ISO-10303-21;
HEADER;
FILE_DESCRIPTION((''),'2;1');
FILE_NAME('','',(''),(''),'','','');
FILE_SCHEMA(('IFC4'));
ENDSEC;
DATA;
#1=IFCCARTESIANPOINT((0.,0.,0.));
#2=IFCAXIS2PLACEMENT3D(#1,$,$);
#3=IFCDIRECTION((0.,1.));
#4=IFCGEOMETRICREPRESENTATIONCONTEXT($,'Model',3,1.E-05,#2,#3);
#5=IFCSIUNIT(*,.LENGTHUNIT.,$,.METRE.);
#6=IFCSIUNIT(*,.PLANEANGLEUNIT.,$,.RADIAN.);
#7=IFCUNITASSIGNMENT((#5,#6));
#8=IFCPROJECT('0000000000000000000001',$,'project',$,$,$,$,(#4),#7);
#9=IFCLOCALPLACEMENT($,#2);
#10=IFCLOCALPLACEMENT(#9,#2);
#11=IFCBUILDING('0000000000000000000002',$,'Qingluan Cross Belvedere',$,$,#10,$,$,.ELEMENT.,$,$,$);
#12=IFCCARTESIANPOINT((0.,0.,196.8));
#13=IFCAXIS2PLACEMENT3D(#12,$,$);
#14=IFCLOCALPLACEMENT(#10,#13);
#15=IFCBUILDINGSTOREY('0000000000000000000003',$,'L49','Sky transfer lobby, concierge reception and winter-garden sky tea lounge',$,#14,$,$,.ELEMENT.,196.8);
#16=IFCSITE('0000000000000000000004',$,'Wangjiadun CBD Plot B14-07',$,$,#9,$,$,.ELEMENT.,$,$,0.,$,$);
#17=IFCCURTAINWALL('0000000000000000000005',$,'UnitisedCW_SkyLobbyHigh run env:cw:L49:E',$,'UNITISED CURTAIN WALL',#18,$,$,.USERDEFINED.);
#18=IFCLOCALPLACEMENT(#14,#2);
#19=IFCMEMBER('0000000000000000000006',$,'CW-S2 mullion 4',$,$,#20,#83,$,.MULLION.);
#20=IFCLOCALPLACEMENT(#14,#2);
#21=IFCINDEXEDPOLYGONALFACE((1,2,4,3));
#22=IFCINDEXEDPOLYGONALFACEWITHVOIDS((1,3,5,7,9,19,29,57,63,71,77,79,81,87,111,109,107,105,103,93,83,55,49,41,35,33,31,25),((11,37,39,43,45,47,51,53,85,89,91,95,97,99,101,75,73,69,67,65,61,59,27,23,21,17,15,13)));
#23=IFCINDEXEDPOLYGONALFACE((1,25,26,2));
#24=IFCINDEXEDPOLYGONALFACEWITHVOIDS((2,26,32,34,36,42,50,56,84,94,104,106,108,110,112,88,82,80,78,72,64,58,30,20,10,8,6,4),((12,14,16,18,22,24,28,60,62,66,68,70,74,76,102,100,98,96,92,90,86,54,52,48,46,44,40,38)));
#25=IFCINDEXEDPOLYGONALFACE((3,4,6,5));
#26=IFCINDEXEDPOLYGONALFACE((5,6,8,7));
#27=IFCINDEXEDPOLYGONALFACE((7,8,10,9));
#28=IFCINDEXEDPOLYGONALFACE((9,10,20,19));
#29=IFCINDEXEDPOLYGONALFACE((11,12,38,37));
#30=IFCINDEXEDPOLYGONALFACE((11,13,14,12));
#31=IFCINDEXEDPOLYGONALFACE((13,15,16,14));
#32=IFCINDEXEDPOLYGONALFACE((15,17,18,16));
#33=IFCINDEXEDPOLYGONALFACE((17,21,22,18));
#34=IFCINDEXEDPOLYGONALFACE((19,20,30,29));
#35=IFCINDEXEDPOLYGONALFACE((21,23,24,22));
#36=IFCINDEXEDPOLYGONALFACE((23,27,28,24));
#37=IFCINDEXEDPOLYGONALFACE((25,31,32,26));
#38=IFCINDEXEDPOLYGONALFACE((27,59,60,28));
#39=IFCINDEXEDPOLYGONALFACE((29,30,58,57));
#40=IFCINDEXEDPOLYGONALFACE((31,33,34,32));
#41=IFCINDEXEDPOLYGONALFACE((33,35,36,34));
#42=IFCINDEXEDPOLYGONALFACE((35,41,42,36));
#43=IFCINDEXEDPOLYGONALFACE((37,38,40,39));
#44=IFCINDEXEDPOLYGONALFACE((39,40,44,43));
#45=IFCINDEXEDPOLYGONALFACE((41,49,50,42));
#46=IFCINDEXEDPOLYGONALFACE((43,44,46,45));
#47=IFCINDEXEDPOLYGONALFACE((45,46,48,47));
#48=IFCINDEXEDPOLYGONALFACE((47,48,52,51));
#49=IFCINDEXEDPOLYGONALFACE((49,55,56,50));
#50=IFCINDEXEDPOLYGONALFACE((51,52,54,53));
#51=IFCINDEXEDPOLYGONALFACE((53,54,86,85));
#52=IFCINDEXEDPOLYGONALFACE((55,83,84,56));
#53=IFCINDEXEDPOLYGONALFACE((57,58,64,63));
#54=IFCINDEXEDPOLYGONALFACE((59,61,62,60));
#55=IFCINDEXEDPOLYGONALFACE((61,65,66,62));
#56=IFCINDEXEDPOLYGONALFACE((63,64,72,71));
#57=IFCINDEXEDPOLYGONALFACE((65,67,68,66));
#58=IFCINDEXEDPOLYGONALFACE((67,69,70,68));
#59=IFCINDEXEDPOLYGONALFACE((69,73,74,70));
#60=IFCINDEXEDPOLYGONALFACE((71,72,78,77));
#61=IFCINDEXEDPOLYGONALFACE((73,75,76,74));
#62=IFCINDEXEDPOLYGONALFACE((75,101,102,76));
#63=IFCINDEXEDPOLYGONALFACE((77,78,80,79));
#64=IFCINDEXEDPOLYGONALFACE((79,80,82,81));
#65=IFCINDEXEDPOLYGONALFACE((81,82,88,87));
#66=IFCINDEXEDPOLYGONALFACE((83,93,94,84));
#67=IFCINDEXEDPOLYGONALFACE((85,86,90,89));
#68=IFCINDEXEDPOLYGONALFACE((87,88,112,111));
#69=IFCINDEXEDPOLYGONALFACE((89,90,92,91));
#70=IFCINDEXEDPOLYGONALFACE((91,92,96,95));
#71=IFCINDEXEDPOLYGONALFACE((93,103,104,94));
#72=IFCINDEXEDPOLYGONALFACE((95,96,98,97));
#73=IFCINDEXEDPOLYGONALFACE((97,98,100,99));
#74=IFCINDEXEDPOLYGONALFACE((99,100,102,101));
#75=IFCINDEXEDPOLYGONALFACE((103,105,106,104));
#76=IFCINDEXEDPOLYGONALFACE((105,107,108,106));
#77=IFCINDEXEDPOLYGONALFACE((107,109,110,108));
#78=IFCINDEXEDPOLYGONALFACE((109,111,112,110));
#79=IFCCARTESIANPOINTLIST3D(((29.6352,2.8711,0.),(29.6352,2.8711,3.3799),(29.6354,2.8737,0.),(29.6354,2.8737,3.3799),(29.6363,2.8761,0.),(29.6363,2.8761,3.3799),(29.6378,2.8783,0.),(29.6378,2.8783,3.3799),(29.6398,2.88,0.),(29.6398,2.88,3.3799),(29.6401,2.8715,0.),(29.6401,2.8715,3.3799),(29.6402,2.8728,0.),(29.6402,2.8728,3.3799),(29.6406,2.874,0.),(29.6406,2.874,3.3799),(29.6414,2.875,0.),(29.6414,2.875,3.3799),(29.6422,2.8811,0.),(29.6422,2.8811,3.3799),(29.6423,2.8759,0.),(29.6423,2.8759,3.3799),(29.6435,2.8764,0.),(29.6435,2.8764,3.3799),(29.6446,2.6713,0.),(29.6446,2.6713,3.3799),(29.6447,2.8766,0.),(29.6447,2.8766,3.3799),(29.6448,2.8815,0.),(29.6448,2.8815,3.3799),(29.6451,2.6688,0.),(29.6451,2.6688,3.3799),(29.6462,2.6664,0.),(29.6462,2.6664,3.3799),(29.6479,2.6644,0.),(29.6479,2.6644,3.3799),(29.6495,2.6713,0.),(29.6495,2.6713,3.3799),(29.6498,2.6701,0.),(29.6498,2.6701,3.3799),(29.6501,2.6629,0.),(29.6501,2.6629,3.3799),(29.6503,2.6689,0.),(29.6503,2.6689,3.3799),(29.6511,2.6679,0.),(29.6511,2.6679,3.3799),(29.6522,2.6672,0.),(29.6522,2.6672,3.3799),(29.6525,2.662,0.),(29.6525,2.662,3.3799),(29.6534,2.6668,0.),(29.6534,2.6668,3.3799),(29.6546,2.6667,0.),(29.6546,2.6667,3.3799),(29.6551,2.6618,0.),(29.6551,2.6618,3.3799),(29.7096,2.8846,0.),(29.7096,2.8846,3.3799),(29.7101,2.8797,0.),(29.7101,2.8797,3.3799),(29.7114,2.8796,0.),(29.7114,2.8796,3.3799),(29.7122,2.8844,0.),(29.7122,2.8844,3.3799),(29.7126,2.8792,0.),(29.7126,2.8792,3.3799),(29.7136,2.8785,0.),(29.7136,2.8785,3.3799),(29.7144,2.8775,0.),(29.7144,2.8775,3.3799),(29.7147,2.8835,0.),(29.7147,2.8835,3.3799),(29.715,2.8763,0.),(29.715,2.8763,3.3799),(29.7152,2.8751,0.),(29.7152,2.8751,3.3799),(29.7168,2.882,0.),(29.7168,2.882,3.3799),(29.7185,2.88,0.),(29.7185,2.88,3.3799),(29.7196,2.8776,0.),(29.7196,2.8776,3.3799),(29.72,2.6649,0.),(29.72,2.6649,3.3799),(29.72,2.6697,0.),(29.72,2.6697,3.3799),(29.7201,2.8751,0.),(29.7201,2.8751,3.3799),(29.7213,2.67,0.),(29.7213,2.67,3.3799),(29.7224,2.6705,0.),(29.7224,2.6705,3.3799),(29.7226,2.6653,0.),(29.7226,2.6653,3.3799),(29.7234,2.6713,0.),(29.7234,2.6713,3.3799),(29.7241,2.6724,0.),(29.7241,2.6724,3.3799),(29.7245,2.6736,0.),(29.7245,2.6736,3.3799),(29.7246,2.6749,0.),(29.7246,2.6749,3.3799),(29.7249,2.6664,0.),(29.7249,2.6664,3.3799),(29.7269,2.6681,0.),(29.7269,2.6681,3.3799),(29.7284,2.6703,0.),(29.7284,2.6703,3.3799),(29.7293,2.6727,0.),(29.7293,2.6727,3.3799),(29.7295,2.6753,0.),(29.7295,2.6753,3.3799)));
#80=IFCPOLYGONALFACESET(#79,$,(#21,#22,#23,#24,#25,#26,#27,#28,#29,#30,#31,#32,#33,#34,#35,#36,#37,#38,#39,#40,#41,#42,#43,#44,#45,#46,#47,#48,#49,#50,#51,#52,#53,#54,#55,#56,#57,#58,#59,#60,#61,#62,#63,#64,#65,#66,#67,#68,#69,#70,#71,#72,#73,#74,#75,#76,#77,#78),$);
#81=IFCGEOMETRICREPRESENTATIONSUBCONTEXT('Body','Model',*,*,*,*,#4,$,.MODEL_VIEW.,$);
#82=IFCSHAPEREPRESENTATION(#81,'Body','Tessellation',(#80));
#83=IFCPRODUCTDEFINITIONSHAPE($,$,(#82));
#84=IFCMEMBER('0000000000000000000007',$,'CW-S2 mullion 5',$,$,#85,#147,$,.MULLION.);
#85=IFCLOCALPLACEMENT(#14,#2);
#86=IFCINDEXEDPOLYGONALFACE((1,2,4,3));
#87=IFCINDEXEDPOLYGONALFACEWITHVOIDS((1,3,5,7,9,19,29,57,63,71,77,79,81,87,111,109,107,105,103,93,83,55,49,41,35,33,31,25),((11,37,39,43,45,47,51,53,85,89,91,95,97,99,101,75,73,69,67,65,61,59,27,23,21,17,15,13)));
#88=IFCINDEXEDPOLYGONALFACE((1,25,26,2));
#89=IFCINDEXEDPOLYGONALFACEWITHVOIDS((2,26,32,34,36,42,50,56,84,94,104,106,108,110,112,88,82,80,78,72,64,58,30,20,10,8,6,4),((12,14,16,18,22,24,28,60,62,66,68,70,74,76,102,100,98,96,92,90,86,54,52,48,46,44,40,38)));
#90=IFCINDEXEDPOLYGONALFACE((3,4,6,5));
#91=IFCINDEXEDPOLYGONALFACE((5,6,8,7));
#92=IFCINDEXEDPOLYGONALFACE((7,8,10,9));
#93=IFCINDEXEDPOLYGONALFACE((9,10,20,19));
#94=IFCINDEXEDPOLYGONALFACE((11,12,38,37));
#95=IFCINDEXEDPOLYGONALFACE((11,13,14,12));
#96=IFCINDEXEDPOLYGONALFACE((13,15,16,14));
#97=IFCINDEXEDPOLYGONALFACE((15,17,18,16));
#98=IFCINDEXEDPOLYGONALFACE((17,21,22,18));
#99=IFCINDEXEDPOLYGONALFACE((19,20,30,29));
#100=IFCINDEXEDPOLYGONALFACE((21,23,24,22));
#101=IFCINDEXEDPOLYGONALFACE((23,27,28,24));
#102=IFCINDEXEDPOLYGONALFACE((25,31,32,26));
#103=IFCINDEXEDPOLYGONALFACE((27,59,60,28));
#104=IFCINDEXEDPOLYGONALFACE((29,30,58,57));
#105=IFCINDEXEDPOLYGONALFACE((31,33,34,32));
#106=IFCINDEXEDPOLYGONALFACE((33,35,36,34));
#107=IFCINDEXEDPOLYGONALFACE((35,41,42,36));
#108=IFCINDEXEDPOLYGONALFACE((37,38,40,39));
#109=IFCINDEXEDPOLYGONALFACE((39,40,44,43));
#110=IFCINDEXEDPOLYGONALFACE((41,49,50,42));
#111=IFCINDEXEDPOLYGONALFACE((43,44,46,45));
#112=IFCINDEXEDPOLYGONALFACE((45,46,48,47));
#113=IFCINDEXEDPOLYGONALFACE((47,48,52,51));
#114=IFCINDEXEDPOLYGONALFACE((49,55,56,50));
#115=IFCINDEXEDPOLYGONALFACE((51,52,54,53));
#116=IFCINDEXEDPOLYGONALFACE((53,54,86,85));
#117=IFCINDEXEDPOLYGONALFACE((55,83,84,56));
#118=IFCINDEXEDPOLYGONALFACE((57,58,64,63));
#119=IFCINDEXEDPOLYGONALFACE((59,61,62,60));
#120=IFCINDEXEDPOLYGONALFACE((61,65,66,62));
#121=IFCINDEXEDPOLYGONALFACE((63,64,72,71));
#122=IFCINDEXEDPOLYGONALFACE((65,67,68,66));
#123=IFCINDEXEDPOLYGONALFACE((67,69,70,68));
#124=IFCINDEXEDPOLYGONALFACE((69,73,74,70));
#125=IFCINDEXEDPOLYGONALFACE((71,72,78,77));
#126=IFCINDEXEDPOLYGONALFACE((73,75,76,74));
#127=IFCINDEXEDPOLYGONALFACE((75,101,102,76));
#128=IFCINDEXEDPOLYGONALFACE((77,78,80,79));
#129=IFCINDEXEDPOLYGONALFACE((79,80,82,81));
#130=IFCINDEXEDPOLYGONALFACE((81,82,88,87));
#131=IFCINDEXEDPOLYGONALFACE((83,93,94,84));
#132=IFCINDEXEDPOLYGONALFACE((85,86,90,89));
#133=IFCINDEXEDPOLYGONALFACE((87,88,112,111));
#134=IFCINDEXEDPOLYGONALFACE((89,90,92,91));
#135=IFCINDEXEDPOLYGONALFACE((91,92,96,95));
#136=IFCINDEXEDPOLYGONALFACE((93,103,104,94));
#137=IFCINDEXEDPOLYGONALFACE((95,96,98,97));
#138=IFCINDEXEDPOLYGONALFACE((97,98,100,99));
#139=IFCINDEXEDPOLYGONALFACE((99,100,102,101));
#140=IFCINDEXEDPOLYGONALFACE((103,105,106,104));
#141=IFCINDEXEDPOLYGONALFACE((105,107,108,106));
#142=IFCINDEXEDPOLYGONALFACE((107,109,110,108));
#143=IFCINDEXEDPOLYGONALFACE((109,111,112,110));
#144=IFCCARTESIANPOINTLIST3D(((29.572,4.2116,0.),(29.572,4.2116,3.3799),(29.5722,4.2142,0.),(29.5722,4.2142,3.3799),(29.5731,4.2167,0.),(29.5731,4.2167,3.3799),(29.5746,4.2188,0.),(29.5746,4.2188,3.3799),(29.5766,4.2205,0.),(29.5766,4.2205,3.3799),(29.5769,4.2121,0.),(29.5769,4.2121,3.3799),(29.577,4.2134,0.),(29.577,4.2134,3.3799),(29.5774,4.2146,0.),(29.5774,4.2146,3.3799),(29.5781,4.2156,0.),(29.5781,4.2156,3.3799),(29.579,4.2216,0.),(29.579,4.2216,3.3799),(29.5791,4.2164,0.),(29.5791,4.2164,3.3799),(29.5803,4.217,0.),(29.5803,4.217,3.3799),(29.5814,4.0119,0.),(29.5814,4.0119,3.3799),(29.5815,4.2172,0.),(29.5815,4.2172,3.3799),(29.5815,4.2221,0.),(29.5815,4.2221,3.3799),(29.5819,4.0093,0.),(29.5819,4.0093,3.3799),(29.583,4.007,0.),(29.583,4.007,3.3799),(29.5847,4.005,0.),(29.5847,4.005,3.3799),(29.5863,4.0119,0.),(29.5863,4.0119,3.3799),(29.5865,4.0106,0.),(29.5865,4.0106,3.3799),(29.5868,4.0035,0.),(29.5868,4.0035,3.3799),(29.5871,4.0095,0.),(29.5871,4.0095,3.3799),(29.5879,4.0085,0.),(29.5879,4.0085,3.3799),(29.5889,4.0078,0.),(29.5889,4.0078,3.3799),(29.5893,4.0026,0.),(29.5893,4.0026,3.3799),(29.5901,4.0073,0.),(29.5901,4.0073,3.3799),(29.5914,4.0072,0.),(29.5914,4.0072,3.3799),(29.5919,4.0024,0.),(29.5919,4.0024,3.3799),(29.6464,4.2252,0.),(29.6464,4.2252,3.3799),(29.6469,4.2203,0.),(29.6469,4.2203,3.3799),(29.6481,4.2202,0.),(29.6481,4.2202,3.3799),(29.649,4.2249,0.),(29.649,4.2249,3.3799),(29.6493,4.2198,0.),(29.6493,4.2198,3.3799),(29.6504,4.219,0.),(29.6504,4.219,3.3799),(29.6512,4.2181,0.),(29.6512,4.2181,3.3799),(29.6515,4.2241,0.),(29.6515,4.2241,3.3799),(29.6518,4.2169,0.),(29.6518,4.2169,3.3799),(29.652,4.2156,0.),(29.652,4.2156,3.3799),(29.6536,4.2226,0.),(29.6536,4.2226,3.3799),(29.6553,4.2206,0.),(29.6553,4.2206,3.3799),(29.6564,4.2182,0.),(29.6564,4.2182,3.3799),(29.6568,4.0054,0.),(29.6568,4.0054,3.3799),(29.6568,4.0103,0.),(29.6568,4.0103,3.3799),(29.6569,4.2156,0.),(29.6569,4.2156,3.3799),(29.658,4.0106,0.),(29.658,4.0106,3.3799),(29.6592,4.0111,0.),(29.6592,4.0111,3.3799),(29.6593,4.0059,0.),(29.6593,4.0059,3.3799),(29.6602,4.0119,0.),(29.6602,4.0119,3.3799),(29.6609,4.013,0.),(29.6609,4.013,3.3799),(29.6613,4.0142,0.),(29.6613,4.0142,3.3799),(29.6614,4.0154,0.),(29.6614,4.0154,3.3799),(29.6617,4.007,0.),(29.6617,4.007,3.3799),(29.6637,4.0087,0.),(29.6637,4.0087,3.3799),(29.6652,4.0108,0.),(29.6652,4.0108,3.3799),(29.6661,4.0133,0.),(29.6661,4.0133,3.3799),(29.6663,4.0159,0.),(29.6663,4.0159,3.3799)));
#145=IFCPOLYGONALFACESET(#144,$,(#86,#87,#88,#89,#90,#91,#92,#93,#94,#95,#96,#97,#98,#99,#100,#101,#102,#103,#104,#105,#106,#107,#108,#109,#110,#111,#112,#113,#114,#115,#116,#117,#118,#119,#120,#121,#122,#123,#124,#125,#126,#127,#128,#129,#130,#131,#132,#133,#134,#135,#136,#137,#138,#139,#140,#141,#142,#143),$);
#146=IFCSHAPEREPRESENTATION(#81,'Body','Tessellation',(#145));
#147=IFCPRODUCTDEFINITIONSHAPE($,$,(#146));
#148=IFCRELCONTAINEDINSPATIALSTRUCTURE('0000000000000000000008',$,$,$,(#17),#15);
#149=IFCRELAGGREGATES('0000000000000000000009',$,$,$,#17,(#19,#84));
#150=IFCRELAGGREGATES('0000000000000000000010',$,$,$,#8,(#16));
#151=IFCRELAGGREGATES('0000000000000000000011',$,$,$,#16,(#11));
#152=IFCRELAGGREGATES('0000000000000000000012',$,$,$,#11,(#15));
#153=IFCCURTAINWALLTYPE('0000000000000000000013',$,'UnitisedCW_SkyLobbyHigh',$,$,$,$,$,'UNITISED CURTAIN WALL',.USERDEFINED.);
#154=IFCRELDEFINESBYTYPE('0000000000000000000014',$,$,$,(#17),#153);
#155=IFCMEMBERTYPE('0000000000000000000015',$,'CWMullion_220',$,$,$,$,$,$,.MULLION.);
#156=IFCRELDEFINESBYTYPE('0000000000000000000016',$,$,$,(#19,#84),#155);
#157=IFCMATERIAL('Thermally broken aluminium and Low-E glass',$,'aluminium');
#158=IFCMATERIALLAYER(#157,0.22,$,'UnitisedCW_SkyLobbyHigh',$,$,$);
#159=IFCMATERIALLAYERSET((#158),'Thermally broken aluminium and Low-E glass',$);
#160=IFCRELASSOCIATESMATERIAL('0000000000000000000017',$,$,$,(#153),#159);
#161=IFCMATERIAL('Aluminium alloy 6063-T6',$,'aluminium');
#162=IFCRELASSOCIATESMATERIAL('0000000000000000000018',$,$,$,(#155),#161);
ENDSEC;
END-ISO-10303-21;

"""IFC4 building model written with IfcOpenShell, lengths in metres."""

from ifc_helpers import new_model, si_unit, direction, frame, origin, origin_2d, place, context, subcontext, project, spatial, hollow_rectangle, extrude, material, layer, layer_set, material_profile, profile_set, type_object, element, aggregate, save


model = new_model("IFC4")

# Units and contexts
model_context = context("Model", 3, precision=1e-05, world=origin(), true_north=direction((0.0, 1.0)))
body_context = subcontext(model_context, "Body", "Model", "MODEL_VIEW")
ifc_project = project(units=[si_unit("LENGTHUNIT", "METRE"), si_unit("PLANEANGLEUNIT", "RADIAN")], contexts=[model_context])

# Site, building, storey
site_placement = place(None, origin())
site = spatial("IfcSite", under=ifc_project, at=site_placement, Name="Wangjiadun CBD Plot B14-07", CompositionType="ELEMENT", RefElevation=0.0)
building_placement = place(site_placement, origin())
building = spatial("IfcBuilding", under=site, at=building_placement, Name="Qingluan Cross Belvedere", CompositionType="ELEMENT")
storey_placement = place(building_placement, frame((0.0, 0.0, 196.8)))
storey = spatial("IfcBuildingStorey", under=building, at=storey_placement, Name="L49", Description="Sky transfer lobby, concierge reception and winter-garden sky tea lounge", CompositionType="ELEMENT", Elevation=196.8)

# Curtain wall, members
ifc_material_1 = material(Name="Thermally broken aluminium and Low-E glass", Category="aluminium")
ifc_layer_1 = layer(ifc_material_1, 0.22, Name="UnitisedCW_SkyLobbyHigh")
ifc_layer_set_1 = layer_set([ifc_layer_1], Name="Thermally broken aluminium and Low-E glass")
curtain_wall_type = type_object("IfcCurtainWallType", Name="UnitisedCW_SkyLobbyHigh", ElementType="UNITISED CURTAIN WALL", PredefinedType="USERDEFINED", material=ifc_layer_set_1)
curtain_wall_placement = place(storey_placement, origin())
curtain_wall = element("IfcCurtainWall", 1, at=curtain_wall_placement, inside=storey, type_object=curtain_wall_type, Name="UnitisedCW_SkyLobbyHigh run env:cw:L49:E", ObjectType="UNITISED CURTAIN WALL", PredefinedType="USERDEFINED")
ifc_material_2 = material(Name="Aluminium alloy 6063-T6", Category="aluminium")
ifc_material_profile_1 = material_profile(ifc_material_2, hollow_rectangle(XDim=0.085, YDim=0.22, WallThickness=0.0049, InnerFilletRadius=0.0049, OuterFilletRadius=0.01, at=origin_2d()), Name="CWM220x85x5")
ifc_profile_set_1 = profile_set([ifc_material_profile_1], Name="Aluminium alloy 6063-T6")
member_type_1 = type_object("IfcMemberType", Name="CWMullion_220", PredefinedType="MULLION", material=ifc_profile_set_1)
member_1_placement = place(storey_placement, frame((29.6824, 2.7732, 0.0), z_axis=(0.0, 0.0, 1.0), x_axis=(-0.99889, -0.047102, 0.0)))
member_1 = element("IfcMember", 2, at=member_1_placement, type_object=member_type_1, Name="CW-S2 mullion 4", PredefinedType="MULLION", context=body_context, shape_type="SweptSolid", body=[
    extrude(hollow_rectangle(XDim=0.085, YDim=0.22, WallThickness=0.0049, InnerFilletRadius=0.0049, OuterFilletRadius=0.01, at=origin_2d()), origin(), (0.0, 0.0, 1.0), 3.3799),
])
member_2_placement = place(storey_placement, frame((29.6191, 4.1138, 0.0), z_axis=(0.0, 0.0, 1.0), x_axis=(-0.99889, -0.047102, 0.0)))
member_2 = element("IfcMember", 3, at=member_2_placement, type_object=member_type_1, Name="CW-S2 mullion 5", PredefinedType="MULLION", context=body_context, shape_type="SweptSolid", body=[
    extrude(hollow_rectangle(XDim=0.085, YDim=0.22, WallThickness=0.0049, InnerFilletRadius=0.0049, OuterFilletRadius=0.01, at=origin_2d()), origin(), (0.0, 0.0, 1.0), 3.3799),
])
aggregate(curtain_wall, [member_1, member_2])

save(model, "model.ifc")
